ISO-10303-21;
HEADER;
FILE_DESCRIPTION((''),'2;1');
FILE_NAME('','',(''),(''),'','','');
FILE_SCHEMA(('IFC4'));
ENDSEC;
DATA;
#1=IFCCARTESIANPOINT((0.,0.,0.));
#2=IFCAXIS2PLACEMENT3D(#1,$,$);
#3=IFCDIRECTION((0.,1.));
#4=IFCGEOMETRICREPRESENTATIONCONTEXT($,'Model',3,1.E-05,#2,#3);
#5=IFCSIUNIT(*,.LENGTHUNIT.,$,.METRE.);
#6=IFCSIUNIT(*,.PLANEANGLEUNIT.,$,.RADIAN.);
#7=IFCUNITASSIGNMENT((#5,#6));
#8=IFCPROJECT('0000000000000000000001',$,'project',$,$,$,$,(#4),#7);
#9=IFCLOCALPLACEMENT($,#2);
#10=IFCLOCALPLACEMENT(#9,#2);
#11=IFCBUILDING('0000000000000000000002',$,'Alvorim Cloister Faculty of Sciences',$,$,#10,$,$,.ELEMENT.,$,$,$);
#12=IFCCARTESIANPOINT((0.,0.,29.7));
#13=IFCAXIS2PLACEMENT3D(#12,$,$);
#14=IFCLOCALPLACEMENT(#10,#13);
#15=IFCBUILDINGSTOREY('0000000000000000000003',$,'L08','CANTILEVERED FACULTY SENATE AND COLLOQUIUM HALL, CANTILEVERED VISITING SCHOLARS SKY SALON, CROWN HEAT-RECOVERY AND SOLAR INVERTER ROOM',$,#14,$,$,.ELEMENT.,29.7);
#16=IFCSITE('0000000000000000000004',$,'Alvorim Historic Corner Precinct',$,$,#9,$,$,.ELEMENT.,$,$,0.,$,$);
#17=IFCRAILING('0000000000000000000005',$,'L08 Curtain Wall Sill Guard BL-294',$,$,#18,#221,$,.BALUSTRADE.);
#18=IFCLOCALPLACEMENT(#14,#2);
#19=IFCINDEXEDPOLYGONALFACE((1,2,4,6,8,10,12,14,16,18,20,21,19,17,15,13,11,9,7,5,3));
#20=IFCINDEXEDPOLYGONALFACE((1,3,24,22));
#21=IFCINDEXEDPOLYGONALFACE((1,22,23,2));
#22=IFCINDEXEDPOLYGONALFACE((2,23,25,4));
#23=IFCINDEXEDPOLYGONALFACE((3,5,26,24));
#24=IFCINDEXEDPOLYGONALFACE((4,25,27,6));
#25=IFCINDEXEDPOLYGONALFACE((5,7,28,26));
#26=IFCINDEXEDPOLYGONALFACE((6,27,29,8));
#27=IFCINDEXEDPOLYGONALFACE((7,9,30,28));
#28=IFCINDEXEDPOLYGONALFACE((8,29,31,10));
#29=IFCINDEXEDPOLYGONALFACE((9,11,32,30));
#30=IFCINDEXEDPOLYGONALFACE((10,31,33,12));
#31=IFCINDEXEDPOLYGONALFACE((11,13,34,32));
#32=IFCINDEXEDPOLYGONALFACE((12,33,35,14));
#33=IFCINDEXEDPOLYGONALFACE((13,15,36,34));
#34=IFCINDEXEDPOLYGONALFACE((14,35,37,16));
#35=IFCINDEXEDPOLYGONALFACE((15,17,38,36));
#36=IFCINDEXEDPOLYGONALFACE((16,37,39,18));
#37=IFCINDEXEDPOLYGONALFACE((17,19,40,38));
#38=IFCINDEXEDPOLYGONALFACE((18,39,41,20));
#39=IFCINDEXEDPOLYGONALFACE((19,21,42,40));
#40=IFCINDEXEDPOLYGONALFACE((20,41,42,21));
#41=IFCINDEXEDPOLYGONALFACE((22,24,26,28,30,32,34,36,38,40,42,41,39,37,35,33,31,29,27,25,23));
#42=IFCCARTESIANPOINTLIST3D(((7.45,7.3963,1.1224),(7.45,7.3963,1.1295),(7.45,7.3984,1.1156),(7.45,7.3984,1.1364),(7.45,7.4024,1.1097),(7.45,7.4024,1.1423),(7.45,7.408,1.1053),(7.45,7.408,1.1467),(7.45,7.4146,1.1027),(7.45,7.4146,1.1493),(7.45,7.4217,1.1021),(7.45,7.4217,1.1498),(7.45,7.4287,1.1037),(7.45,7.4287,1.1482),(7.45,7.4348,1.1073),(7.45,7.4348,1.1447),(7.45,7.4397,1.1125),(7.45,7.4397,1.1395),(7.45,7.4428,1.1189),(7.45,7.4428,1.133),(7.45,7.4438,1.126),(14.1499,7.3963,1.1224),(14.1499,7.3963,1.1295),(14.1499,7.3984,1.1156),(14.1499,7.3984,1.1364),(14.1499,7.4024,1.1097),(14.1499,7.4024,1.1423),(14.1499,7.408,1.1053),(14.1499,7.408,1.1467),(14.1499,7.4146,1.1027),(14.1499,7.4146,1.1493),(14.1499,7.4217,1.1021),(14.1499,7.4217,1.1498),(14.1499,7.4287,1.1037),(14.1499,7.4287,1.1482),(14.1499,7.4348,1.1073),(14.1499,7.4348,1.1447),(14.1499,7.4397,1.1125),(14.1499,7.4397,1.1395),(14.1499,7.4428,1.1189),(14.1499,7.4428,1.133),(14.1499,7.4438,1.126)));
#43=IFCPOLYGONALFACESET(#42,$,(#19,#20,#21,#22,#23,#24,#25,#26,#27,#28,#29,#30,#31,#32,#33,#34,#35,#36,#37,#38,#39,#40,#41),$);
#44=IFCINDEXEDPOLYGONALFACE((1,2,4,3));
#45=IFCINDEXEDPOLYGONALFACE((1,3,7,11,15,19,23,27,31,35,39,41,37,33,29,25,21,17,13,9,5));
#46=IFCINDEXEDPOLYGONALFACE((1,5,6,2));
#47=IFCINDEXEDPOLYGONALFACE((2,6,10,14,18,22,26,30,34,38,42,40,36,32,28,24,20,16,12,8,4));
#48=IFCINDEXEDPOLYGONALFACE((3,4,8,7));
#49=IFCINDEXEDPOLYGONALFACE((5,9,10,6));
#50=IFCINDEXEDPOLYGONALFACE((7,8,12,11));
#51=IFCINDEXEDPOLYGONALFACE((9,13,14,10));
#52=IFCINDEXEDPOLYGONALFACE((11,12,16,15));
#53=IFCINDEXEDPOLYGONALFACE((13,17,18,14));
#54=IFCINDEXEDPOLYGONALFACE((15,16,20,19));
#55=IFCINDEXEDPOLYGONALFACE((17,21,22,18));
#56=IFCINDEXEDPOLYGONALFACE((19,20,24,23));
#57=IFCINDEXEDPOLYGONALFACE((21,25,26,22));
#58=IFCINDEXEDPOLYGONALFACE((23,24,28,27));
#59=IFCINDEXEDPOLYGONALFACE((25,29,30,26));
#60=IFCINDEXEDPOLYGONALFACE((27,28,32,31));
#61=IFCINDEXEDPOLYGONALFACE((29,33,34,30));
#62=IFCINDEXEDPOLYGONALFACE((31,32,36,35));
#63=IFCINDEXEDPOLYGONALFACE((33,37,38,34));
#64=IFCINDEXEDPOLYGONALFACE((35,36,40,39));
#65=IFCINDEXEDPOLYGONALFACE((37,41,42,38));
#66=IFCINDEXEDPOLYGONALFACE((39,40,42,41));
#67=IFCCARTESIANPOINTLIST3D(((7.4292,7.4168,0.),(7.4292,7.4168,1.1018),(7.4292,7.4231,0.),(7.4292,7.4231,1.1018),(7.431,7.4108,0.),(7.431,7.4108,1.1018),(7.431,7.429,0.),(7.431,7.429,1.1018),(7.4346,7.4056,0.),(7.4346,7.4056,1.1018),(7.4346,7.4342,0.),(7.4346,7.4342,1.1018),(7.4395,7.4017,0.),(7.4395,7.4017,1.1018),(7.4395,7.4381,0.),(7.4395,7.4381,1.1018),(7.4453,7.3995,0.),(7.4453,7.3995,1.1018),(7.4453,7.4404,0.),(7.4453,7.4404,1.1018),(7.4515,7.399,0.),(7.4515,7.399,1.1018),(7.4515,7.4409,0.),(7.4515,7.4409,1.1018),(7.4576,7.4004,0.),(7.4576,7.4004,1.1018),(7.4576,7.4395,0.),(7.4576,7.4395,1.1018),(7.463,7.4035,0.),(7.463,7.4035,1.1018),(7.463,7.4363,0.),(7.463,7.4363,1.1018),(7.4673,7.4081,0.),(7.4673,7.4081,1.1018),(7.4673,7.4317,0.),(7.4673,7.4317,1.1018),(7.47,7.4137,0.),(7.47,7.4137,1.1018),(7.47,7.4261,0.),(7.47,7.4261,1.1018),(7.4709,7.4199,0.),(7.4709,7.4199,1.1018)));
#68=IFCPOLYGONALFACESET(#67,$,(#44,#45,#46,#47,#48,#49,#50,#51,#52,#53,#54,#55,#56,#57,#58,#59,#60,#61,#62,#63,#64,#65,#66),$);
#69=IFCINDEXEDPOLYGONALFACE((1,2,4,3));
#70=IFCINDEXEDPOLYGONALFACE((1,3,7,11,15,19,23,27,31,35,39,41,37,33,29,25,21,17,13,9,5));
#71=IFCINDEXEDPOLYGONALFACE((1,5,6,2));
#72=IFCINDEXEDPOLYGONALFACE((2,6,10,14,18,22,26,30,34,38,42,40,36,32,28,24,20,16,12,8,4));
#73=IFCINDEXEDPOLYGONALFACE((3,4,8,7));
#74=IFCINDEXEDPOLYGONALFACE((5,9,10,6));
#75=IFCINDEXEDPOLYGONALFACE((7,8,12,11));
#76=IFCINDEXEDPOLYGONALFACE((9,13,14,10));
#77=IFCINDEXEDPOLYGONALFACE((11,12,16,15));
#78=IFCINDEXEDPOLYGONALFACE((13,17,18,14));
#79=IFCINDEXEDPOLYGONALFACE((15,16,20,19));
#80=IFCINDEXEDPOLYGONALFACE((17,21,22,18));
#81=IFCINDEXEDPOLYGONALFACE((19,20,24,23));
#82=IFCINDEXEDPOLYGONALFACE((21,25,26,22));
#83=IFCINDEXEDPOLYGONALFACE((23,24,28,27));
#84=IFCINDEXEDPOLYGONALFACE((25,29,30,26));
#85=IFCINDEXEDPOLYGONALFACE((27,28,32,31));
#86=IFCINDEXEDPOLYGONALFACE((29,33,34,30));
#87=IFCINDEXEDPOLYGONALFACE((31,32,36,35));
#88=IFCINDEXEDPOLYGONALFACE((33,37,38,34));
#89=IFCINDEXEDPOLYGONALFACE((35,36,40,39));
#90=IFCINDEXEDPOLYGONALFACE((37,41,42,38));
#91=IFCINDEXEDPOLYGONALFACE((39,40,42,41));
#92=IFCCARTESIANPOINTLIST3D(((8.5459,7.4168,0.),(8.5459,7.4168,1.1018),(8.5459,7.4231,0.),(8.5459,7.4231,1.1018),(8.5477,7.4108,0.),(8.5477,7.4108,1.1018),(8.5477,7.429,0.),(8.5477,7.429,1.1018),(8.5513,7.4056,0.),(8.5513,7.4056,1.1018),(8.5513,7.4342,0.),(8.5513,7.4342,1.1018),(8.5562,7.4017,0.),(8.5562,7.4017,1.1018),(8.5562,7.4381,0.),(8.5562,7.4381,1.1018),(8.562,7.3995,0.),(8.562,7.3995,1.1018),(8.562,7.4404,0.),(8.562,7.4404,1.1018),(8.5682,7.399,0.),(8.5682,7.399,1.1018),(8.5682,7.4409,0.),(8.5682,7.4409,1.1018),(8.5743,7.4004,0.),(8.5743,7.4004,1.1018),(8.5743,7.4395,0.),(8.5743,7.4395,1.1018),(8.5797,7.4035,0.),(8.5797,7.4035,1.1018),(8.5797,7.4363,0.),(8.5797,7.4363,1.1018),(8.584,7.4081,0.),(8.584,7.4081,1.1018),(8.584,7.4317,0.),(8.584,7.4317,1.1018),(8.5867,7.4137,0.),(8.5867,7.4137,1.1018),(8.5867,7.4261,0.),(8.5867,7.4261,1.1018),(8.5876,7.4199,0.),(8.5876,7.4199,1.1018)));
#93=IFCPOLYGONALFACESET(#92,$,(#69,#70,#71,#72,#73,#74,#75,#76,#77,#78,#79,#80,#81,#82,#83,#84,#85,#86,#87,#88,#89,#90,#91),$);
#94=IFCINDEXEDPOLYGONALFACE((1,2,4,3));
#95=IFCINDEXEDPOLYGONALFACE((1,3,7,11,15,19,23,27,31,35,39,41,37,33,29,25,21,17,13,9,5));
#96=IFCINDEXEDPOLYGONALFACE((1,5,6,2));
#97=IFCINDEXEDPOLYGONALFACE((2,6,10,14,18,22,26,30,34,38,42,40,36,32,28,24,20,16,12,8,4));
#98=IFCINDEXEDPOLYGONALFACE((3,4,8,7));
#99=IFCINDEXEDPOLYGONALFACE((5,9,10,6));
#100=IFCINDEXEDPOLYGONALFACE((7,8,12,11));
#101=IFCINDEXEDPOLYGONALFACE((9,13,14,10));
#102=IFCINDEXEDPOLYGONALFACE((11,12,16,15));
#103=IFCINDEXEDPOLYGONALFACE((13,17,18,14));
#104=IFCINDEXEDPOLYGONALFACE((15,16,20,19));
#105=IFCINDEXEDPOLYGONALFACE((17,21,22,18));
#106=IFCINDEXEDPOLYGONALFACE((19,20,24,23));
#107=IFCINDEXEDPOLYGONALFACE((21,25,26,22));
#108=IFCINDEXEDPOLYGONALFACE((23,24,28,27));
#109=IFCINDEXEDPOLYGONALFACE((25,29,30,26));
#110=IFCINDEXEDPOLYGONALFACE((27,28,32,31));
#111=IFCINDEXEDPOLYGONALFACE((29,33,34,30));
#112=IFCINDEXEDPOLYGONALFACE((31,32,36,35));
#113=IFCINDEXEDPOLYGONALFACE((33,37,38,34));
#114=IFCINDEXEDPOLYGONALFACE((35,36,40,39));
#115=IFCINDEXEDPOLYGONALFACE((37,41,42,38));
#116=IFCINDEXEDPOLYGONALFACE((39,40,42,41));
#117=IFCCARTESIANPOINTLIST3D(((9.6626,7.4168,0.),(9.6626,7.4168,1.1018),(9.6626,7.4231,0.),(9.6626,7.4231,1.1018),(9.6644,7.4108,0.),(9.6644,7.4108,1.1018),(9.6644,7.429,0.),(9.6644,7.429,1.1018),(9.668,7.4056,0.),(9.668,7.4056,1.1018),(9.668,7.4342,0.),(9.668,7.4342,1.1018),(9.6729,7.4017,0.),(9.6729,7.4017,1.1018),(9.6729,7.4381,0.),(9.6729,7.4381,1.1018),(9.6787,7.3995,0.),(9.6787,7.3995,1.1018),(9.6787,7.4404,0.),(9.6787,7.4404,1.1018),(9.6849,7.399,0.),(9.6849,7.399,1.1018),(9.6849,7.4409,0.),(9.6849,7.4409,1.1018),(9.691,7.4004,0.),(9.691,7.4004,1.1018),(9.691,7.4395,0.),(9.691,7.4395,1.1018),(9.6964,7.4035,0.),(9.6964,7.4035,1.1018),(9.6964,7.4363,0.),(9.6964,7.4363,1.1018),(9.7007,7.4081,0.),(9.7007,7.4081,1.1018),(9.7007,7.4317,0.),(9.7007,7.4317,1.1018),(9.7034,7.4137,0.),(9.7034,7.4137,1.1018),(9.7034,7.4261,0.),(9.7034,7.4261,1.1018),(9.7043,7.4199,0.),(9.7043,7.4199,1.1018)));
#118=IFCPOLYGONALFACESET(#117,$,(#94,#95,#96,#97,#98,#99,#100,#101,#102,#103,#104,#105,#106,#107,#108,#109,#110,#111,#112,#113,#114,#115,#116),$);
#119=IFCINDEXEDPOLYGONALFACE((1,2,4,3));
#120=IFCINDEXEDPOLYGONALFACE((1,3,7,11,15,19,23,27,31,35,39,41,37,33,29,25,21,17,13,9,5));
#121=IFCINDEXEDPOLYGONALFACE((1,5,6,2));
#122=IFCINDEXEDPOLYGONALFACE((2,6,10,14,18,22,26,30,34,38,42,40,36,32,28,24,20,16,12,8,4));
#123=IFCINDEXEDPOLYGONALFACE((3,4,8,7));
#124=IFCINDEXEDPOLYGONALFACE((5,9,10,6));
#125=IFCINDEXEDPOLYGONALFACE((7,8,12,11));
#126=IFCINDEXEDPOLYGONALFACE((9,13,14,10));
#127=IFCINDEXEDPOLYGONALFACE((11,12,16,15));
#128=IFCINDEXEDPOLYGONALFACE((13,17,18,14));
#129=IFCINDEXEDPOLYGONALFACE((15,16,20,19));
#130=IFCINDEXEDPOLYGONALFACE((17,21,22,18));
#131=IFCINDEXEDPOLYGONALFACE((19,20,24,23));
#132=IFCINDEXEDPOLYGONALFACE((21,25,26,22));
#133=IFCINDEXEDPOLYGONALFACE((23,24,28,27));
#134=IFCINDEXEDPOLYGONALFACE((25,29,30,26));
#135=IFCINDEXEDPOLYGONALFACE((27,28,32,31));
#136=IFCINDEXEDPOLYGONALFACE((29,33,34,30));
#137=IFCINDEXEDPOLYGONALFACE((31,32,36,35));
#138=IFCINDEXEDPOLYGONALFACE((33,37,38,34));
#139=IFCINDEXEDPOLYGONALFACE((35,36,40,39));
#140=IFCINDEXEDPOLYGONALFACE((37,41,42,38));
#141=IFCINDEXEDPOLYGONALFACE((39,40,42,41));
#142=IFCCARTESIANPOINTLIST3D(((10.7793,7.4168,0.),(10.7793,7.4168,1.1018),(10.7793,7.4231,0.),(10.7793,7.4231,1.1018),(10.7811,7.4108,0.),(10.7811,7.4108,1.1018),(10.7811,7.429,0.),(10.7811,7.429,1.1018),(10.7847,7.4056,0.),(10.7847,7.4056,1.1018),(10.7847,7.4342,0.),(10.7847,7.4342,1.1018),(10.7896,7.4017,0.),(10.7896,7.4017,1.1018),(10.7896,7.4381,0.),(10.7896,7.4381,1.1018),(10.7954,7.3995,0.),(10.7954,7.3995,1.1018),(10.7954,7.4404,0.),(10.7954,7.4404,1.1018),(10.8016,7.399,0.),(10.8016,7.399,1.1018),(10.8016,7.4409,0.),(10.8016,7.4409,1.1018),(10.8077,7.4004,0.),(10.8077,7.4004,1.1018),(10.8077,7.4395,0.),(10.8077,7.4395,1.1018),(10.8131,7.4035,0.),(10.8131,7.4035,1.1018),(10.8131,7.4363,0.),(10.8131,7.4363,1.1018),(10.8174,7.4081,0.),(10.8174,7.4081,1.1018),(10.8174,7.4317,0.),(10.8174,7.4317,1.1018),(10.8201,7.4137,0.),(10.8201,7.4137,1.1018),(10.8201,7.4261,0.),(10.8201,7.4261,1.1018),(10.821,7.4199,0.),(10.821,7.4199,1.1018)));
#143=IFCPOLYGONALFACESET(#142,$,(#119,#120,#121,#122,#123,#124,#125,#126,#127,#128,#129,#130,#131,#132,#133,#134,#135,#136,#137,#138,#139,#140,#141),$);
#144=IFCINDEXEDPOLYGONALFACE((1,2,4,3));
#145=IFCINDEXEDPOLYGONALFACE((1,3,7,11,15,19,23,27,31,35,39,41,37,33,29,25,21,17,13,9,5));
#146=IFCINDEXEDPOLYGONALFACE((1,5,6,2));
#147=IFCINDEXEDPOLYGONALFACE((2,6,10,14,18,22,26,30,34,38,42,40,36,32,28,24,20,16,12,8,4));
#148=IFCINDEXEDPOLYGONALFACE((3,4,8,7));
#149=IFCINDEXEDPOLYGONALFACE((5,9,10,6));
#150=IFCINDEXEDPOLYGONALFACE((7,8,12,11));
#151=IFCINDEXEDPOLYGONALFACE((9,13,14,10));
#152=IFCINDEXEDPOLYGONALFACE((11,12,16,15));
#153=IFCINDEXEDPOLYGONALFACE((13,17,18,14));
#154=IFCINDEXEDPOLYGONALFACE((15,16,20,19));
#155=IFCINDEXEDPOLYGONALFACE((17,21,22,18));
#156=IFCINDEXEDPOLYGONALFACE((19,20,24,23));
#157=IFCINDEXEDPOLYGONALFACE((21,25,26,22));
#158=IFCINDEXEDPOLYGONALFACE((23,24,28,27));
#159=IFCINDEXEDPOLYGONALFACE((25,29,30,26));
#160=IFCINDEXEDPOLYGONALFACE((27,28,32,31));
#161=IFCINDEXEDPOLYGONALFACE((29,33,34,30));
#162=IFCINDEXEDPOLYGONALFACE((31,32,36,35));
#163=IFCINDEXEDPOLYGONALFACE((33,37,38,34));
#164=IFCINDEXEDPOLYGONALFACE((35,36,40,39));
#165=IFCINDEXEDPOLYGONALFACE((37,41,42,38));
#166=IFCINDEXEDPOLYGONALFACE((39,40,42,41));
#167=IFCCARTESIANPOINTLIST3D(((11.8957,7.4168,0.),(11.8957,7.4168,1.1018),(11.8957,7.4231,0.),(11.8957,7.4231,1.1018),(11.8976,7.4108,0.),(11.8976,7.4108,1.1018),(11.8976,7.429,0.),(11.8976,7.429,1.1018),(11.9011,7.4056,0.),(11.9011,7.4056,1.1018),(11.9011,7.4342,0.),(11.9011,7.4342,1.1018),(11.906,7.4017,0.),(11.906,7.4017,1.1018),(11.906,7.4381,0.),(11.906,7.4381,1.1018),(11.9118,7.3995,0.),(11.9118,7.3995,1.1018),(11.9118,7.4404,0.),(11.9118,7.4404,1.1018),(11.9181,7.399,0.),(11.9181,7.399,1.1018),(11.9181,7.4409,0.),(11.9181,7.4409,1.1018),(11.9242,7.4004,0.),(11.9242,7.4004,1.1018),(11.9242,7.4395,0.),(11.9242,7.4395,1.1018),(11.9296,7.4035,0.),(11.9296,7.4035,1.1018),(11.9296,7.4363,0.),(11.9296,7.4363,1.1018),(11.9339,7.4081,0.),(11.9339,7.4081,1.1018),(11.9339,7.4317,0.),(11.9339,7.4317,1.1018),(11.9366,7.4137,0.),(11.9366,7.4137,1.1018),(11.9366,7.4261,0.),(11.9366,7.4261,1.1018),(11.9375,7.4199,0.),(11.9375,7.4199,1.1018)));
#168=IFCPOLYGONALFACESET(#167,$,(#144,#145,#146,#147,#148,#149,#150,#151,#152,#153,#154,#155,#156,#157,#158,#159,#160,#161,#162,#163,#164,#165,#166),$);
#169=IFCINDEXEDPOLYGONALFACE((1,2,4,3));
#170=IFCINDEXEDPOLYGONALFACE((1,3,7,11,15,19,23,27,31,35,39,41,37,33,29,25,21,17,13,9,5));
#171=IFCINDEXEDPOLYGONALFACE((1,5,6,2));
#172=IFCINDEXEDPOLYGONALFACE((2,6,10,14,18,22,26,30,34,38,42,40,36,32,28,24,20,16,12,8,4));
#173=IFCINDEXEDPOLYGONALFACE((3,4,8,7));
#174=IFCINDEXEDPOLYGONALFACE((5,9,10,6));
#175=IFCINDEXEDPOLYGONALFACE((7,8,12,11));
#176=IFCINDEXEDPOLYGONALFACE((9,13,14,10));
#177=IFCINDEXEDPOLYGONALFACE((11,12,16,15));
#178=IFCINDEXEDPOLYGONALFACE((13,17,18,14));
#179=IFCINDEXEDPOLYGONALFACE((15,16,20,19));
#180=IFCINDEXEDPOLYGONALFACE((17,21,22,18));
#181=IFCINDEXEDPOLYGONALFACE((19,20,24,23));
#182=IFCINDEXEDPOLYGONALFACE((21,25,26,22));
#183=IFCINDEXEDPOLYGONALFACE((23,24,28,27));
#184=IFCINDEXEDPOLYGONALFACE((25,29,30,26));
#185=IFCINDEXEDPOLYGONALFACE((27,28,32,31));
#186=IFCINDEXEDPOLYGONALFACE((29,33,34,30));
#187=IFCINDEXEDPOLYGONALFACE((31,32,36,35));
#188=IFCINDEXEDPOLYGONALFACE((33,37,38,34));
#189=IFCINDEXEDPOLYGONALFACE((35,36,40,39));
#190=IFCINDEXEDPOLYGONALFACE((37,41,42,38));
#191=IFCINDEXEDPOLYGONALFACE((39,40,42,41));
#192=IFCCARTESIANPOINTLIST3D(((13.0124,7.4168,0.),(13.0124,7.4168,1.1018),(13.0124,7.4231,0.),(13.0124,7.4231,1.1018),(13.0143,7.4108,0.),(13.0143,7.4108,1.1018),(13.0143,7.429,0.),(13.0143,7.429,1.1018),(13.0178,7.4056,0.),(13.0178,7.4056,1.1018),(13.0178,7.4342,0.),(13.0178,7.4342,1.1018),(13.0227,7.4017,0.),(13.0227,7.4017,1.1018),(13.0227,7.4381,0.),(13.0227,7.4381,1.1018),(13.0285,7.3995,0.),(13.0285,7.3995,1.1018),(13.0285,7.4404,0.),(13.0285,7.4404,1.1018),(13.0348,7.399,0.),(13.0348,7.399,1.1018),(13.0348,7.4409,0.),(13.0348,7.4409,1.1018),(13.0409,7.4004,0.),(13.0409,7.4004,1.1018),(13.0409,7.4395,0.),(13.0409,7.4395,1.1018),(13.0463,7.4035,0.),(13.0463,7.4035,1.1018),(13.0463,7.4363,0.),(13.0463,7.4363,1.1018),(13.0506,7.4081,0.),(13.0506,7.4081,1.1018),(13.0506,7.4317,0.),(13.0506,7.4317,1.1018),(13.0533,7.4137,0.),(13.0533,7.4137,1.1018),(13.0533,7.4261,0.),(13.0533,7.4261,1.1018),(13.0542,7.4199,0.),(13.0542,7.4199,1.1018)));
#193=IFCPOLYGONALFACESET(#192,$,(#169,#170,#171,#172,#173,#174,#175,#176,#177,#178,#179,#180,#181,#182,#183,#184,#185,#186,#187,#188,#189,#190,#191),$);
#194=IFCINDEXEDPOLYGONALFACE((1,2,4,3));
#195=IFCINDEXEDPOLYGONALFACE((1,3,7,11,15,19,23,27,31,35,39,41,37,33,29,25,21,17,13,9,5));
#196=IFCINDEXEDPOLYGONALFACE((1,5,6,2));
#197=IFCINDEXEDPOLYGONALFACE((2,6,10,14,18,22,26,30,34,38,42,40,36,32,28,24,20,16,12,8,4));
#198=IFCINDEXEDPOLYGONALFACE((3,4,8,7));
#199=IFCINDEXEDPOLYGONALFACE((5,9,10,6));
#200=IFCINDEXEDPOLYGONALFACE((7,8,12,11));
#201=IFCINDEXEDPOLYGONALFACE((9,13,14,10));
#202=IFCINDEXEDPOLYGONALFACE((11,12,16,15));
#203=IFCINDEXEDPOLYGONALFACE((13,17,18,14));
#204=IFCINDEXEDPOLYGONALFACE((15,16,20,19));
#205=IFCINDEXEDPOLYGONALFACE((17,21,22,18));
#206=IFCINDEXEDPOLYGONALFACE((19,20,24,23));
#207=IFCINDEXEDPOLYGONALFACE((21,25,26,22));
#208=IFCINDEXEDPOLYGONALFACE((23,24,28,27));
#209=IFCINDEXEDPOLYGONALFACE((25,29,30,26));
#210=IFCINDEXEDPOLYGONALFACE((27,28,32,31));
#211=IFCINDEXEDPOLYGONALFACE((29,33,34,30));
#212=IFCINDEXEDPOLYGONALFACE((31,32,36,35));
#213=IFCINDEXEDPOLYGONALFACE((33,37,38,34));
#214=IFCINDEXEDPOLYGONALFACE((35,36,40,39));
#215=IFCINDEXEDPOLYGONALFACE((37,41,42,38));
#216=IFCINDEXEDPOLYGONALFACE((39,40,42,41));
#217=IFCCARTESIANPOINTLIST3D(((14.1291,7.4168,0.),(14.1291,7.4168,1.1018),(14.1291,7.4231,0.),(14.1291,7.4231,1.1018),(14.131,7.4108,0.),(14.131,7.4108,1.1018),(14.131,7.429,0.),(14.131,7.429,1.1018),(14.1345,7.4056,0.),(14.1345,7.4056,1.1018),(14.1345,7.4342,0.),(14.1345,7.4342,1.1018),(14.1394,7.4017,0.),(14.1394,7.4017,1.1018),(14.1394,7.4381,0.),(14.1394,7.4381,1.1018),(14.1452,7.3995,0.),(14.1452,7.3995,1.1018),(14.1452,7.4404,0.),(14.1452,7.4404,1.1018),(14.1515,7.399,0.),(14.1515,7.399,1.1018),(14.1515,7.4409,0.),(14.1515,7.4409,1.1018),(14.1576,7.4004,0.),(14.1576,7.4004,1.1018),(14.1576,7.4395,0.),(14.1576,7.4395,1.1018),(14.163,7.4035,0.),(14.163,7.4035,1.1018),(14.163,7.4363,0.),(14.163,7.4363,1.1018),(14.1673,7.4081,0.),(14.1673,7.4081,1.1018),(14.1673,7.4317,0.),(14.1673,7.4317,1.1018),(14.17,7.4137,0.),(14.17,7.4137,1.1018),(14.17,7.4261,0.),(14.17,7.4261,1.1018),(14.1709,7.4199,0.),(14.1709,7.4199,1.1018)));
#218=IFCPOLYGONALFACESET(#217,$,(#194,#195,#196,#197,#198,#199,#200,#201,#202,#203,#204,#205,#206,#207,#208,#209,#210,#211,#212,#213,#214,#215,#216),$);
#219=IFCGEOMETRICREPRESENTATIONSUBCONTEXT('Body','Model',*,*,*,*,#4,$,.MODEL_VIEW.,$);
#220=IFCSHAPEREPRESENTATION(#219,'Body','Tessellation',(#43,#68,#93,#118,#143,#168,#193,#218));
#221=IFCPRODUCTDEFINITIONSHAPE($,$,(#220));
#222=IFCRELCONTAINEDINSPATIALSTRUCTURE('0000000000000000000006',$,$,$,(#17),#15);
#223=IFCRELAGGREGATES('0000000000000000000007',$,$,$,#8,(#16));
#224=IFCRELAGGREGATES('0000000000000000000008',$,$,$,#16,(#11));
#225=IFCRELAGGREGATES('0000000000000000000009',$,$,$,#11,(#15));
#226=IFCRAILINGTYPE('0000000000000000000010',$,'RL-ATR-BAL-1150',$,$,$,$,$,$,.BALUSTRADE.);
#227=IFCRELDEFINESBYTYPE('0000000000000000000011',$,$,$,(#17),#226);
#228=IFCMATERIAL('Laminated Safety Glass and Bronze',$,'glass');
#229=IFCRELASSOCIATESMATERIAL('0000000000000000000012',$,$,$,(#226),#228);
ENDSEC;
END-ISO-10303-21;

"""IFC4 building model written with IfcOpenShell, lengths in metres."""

from ifc_helpers import new_model, si_unit, direction, frame, origin, origin_2d, place, context, subcontext, project, spatial, circle, extrude, material, type_object, element, save


model = new_model("IFC4")

# Units and contexts
model_context = context("Model", 3, precision=1e-05, world=origin(), true_north=direction((0.0, 1.0)))
body_context = subcontext(model_context, "Body", "Model", "MODEL_VIEW")
ifc_project = project(units=[si_unit("LENGTHUNIT", "METRE"), si_unit("PLANEANGLEUNIT", "RADIAN")], contexts=[model_context])

# Site, building, storey
site_placement = place(None, origin())
site = spatial("IfcSite", under=ifc_project, at=site_placement, Name="Alvorim Historic Corner Precinct", CompositionType="ELEMENT", RefElevation=0.0)
building_placement = place(site_placement, origin())
building = spatial("IfcBuilding", under=site, at=building_placement, Name="Alvorim Cloister Faculty of Sciences", CompositionType="ELEMENT")
storey_placement = place(building_placement, frame((0.0, 0.0, 29.7)))
storey = spatial("IfcBuildingStorey", under=building, at=storey_placement, Name="L08", Description="CANTILEVERED FACULTY SENATE AND COLLOQUIUM HALL, CANTILEVERED VISITING SCHOLARS SKY SALON, CROWN HEAT-RECOVERY AND SOLAR INVERTER ROOM", CompositionType="ELEMENT", Elevation=29.7)

# Railing
ifc_material_1 = material(Name="Laminated Safety Glass and Bronze", Category="glass")
railing_type = type_object("IfcRailingType", Name="RL-ATR-BAL-1150", PredefinedType="BALUSTRADE", material=ifc_material_1)
railing_placement = place(storey_placement, frame((7.45, 7.4199, 0.0)))
element("IfcRailing", 1, at=railing_placement, inside=storey, type_object=railing_type, Name="L08 Curtain Wall Sill Guard BL-294", PredefinedType="BALUSTRADE", context=body_context, shape_type="SweptSolid", body=[
    extrude(circle(Radius=0.0239, at=origin_2d()), frame((0.0, 0.0, 1.126), z_axis=(1.0, 0.0, 0.0), x_axis=(0.0, 1.0, 0.0)), (0.0, 0.0, 1.0), 6.7),
    extrude(circle(Radius=0.021, at=origin_2d()), origin(), (0.0, 0.0, 1.0), 1.1018),
    extrude(circle(Radius=0.021, at=origin_2d()), frame((1.1167, 0.0, 0.0)), (0.0, 0.0, 1.0), 1.1018),
    extrude(circle(Radius=0.021, at=origin_2d()), frame((2.2334, 0.0, 0.0)), (0.0, 0.0, 1.0), 1.1018),
    extrude(circle(Radius=0.021, at=origin_2d()), frame((3.3501, 0.0, 0.0)), (0.0, 0.0, 1.0), 1.1018),
    extrude(circle(Radius=0.021, at=origin_2d()), frame((4.4666, 0.0, 0.0)), (0.0, 0.0, 1.0), 1.1018),
    extrude(circle(Radius=0.021, at=origin_2d()), frame((5.5833, 0.0, 0.0)), (0.0, 0.0, 1.0), 1.1018),
    extrude(circle(Radius=0.021, at=origin_2d()), frame((6.7, 0.0, 0.0)), (0.0, 0.0, 1.0), 1.1018),
])

save(model, "model.ifc")
